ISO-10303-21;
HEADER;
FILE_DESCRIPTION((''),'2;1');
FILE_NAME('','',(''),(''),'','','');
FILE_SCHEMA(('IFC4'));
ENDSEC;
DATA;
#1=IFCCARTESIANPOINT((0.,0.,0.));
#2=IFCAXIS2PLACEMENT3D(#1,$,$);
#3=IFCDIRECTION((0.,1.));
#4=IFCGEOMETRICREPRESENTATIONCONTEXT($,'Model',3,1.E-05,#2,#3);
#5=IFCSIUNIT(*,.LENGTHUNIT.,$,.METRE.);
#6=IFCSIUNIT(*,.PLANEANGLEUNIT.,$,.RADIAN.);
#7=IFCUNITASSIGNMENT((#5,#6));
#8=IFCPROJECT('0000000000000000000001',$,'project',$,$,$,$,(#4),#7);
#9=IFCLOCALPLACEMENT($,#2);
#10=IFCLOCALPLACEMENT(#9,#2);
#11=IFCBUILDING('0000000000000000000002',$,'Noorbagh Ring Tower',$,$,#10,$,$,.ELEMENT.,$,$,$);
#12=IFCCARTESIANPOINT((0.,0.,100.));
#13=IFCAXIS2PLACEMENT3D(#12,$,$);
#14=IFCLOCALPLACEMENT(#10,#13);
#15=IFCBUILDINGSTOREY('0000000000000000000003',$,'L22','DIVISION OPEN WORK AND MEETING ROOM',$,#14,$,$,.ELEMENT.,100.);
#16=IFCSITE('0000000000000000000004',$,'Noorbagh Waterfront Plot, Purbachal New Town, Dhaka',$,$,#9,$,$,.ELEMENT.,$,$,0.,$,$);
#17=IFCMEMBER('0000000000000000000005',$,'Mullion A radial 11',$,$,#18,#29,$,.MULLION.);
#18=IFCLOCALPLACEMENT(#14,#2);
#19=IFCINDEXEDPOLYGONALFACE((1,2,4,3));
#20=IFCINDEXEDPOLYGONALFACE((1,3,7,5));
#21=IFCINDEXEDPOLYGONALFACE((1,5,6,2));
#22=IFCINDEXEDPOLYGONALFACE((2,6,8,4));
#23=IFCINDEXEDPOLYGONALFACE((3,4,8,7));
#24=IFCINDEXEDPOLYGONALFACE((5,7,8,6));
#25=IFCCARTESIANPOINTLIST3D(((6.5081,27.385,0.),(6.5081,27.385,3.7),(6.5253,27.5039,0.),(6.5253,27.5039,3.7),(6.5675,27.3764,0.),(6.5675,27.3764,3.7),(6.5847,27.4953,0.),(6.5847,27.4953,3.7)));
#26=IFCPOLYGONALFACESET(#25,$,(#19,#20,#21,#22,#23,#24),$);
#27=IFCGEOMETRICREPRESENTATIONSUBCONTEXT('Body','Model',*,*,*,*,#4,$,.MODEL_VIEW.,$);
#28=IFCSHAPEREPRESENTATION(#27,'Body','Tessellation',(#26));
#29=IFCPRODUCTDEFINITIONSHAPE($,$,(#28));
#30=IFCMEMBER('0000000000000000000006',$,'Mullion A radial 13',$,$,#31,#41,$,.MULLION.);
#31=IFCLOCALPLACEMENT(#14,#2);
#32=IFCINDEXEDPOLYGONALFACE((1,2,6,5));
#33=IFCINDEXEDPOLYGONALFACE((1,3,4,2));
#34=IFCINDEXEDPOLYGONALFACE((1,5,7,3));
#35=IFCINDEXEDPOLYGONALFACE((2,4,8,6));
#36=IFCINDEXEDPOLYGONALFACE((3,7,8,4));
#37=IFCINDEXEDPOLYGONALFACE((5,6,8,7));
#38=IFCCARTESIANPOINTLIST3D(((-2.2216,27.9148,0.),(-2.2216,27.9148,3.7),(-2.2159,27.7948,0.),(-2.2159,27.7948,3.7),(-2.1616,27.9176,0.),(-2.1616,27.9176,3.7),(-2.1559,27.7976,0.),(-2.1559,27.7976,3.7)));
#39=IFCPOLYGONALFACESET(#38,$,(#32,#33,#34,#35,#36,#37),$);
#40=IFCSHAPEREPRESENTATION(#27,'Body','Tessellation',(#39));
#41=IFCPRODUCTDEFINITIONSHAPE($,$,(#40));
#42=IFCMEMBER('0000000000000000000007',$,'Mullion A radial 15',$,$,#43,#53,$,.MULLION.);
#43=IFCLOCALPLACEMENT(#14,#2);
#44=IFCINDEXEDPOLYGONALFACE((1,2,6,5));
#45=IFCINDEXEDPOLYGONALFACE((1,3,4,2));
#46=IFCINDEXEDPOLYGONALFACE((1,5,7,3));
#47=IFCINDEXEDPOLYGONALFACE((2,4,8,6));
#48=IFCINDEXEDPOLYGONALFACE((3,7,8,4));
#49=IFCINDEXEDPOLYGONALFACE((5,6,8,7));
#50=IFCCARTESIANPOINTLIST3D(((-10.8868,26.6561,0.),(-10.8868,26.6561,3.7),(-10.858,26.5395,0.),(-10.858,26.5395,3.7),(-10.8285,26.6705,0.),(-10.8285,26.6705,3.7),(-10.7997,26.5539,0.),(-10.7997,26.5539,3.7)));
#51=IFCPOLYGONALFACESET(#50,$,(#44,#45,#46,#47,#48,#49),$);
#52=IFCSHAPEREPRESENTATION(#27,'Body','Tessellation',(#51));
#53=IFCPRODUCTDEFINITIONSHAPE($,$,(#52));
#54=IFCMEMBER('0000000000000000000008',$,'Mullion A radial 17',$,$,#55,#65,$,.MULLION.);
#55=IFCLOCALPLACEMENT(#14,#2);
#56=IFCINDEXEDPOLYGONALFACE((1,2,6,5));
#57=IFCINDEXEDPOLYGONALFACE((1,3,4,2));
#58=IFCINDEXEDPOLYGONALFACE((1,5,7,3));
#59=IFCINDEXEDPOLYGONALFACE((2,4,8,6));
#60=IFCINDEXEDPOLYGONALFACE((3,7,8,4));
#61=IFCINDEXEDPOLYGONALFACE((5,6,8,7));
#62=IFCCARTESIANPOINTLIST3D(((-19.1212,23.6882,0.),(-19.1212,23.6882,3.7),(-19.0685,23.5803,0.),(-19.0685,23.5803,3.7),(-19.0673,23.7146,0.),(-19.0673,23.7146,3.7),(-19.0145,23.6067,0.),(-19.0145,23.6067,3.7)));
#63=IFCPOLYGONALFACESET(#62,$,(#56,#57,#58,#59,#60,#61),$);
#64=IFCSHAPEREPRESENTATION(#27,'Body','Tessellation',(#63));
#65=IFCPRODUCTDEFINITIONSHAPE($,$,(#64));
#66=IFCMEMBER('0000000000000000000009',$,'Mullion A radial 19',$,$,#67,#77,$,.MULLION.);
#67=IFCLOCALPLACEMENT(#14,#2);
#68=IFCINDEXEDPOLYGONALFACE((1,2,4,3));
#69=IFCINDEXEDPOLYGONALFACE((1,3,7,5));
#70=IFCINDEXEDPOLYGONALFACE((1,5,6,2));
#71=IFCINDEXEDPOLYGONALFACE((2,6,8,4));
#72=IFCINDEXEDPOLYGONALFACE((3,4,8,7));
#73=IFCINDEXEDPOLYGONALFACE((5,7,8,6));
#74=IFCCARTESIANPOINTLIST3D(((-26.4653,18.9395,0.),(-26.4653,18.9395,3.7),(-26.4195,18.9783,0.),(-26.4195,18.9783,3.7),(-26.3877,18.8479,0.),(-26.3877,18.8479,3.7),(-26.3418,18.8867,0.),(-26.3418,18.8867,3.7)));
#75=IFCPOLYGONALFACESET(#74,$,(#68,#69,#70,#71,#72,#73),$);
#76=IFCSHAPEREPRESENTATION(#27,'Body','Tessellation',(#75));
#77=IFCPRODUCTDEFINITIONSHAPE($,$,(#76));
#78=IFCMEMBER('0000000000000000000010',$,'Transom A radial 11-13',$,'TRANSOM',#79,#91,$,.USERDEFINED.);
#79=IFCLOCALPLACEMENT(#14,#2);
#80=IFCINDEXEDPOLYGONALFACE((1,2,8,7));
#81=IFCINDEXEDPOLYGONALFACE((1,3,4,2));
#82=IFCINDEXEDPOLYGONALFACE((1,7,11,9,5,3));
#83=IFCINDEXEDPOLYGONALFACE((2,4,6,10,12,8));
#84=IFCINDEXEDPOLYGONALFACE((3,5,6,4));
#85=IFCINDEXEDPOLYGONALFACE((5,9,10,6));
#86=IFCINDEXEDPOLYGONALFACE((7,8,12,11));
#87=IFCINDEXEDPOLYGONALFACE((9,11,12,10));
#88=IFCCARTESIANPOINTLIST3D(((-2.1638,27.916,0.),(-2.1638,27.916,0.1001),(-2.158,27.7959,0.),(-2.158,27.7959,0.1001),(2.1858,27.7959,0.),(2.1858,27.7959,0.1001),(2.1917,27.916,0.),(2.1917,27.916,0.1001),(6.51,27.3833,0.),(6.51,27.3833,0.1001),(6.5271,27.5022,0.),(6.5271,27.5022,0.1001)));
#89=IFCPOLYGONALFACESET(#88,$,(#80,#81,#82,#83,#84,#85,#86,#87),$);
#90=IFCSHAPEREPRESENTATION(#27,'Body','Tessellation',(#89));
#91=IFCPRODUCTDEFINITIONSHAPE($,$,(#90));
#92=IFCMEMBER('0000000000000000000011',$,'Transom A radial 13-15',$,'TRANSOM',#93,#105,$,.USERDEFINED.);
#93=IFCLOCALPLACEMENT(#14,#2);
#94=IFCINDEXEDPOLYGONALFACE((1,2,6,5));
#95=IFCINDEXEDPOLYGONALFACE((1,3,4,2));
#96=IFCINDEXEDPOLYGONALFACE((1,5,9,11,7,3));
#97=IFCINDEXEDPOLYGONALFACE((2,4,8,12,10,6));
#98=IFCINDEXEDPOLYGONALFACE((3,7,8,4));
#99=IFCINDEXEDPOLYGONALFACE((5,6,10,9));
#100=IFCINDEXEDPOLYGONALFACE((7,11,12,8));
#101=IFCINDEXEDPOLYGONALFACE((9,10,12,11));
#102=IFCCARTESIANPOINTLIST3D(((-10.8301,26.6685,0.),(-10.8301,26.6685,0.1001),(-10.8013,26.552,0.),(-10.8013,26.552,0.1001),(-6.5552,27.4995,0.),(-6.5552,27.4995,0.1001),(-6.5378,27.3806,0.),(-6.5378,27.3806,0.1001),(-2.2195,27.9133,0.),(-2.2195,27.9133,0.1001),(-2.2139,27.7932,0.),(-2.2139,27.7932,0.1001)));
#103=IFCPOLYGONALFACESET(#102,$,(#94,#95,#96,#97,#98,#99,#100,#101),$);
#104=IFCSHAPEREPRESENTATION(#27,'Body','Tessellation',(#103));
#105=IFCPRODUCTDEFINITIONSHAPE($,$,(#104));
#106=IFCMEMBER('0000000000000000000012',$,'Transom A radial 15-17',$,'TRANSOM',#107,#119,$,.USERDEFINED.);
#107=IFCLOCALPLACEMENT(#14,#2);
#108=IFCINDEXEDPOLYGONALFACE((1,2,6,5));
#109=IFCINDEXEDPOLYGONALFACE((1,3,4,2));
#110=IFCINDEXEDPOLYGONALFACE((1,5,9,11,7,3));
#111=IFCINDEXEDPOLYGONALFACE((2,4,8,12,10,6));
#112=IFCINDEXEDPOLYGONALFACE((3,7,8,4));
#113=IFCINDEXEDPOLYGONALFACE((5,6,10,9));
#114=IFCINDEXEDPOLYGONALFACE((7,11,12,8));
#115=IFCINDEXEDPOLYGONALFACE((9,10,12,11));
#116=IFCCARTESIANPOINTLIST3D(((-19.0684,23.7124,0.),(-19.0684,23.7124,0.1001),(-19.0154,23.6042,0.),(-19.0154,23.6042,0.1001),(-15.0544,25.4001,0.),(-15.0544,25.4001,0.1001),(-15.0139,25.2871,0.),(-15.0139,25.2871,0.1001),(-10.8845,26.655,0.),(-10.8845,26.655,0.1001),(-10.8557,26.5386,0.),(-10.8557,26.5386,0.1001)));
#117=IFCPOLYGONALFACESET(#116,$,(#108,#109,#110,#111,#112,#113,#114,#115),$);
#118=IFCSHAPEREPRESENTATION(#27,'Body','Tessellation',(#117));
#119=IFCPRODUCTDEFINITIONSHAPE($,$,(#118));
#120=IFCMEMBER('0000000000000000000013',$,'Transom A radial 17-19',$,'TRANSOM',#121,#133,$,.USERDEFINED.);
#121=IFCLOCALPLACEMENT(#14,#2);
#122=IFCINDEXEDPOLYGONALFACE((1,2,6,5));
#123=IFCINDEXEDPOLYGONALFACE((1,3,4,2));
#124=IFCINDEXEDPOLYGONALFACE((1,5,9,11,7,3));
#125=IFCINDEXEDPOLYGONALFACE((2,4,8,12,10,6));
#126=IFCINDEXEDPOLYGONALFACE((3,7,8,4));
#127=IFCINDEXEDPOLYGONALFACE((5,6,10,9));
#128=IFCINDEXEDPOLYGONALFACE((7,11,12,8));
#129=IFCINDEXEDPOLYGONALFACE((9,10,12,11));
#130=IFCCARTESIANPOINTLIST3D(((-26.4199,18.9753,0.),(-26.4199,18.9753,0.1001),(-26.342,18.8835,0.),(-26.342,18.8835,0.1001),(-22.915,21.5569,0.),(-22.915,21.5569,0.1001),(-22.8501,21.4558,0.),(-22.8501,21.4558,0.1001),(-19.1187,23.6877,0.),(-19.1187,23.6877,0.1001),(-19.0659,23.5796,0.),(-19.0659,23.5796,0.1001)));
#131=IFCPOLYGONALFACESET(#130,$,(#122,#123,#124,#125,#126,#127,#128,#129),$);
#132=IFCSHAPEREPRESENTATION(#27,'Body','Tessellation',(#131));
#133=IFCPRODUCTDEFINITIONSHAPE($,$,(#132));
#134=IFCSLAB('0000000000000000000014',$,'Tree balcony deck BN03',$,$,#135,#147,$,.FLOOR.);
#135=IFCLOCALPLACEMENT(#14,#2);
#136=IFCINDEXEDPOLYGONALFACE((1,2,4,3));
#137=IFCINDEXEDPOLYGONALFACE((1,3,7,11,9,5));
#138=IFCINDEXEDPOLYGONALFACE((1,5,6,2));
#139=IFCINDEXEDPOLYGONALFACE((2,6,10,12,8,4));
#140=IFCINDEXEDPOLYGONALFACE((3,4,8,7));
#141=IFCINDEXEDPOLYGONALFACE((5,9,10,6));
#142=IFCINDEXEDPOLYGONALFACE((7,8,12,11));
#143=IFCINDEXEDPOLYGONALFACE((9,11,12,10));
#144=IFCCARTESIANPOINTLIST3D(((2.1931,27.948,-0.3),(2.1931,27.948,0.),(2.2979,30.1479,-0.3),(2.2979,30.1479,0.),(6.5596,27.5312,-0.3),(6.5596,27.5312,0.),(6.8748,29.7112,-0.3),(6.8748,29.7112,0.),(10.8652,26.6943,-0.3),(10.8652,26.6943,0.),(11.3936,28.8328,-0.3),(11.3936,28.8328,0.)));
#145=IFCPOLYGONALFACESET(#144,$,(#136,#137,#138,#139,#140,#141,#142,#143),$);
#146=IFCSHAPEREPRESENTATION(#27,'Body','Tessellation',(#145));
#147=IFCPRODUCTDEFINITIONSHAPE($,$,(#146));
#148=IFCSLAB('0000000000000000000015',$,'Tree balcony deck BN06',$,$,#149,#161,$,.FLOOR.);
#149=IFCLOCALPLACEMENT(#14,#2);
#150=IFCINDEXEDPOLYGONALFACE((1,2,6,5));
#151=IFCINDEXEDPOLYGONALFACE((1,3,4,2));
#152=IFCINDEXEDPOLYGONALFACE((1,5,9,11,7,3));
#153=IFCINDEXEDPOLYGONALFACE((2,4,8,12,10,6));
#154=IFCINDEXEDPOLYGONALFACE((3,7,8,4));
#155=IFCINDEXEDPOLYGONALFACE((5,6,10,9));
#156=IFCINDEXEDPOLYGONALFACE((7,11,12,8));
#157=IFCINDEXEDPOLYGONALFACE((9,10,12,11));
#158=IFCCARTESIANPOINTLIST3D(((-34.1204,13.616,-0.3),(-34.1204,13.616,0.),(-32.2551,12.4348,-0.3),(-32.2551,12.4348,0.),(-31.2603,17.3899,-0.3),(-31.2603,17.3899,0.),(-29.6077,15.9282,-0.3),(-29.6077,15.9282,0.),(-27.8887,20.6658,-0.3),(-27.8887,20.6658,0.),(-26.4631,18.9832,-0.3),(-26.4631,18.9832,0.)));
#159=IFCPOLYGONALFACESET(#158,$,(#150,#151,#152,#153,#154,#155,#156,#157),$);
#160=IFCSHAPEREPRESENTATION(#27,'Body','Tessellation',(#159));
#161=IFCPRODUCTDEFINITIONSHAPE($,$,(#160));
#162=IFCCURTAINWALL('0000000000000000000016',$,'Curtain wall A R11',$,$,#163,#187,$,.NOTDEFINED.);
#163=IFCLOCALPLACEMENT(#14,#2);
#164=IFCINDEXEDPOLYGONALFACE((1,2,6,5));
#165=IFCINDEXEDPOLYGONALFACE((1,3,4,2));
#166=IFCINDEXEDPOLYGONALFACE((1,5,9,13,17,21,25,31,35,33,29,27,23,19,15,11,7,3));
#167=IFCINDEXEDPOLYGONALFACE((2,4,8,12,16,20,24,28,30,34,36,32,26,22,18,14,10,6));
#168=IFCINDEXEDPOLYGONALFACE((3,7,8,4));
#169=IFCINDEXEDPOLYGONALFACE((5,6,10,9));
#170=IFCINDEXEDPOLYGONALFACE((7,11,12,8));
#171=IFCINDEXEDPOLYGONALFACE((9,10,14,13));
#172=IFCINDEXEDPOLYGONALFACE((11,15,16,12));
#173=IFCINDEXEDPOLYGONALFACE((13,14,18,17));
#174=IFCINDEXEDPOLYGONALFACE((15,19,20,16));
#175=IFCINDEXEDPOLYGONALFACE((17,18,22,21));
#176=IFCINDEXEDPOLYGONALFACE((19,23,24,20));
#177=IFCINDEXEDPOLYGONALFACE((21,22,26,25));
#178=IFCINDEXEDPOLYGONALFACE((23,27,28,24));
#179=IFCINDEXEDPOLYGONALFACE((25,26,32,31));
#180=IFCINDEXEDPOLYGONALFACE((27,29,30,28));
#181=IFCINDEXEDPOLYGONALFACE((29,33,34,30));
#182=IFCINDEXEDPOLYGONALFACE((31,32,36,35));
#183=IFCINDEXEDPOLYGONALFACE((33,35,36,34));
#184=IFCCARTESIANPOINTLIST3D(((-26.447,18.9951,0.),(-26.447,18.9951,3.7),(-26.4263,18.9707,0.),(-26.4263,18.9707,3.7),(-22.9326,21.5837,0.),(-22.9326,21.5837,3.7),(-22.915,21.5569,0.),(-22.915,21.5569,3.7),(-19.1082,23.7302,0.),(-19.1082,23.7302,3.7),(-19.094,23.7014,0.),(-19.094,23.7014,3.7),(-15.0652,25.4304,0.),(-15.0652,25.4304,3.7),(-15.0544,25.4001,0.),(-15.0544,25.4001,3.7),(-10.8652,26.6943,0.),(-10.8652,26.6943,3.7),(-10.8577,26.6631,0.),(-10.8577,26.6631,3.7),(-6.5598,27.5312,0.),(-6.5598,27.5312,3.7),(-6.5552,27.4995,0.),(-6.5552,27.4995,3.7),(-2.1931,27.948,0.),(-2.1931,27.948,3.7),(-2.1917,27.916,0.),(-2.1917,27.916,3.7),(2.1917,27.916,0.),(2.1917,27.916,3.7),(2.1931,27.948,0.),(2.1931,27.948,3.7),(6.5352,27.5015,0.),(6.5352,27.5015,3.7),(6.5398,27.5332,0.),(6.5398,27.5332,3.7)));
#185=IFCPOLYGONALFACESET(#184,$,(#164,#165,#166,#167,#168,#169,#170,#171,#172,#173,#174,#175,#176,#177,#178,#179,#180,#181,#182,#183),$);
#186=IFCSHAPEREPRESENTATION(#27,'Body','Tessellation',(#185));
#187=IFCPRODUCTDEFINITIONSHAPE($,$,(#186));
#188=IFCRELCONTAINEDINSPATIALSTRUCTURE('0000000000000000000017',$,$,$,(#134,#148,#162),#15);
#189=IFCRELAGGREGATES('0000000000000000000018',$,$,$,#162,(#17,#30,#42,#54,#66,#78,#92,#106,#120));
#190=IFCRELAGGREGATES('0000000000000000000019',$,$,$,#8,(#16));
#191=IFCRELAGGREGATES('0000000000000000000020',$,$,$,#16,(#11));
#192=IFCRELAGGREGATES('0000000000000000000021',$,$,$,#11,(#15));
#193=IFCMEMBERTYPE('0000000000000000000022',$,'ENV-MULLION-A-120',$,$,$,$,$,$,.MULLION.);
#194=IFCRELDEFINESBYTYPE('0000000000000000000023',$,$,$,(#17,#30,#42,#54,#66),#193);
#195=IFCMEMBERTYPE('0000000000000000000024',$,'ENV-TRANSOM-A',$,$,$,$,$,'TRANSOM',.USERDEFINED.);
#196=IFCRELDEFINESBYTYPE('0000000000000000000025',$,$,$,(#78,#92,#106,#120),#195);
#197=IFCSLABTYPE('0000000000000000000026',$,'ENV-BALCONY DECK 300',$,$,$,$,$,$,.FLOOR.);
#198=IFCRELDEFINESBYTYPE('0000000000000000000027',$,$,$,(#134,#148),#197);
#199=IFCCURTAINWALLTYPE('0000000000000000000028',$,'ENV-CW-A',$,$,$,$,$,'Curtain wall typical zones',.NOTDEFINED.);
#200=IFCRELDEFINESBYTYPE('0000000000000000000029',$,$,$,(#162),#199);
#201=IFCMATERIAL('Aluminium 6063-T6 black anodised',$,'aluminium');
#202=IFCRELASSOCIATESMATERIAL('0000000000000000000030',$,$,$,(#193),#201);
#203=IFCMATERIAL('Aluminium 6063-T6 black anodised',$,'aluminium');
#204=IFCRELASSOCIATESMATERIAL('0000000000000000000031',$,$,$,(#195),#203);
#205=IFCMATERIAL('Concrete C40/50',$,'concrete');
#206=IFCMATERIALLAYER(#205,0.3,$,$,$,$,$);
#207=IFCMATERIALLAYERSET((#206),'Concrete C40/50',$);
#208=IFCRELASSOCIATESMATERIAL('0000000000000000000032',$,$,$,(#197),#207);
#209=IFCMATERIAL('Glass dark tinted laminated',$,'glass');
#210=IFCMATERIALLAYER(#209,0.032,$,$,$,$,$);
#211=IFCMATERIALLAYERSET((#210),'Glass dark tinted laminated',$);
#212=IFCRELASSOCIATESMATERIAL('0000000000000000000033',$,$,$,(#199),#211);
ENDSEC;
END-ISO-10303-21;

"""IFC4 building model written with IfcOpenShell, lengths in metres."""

from ifc_helpers import new_model, si_unit, direction, frame, origin, origin_2d, place, context, subcontext, project, spatial, polyline, rectangle, outline, extrude, material, layer, layer_set, material_profile, profile_set, type_object, element, aggregate, save


model = new_model("IFC4")

# Units and contexts
model_context = context("Model", 3, precision=1e-05, world=origin(), true_north=direction((0.0, 1.0)))
body_context = subcontext(model_context, "Body", "Model", "MODEL_VIEW")
ifc_project = project(units=[si_unit("LENGTHUNIT", "METRE"), si_unit("PLANEANGLEUNIT", "RADIAN")], contexts=[model_context])

# Members
ifc_material_1 = material(Name="Aluminium 6063-T6 black anodised", Category="aluminium")
ifc_material_profile = material_profile(ifc_material_1, rectangle(XDim=0.1201, YDim=0.0601, at=origin_2d()), Name="120x60")
ifc_profile_set = profile_set([ifc_material_profile], Name="Aluminium 6063-T6 black anodised")
member_type_1 = type_object("IfcMemberType", Name="ENV-MULLION-A-120", PredefinedType="MULLION", material=ifc_profile_set)
site_placement = place(None, origin())
building_placement = place(site_placement, origin())
storey_placement = place(building_placement, frame((0.0, 0.0, 100.0)))
member_1_placement = place(storey_placement, frame((6.5464, 27.4402, 0.0), z_axis=(0.0, 0.0, 1.0), x_axis=(-0.143082, -0.989711, 0.0)))
member_1 = element("IfcMember", 1, at=member_1_placement, type_object=member_type_1, Name="Mullion A radial 11", PredefinedType="MULLION", context=body_context, shape_type="SweptSolid", body=[
    extrude(rectangle(XDim=0.1201, YDim=0.0601, at=origin_2d()), origin(), (0.0, 0.0, 1.0), 3.7),
])
member_2_placement = place(storey_placement, frame((-2.1887, 27.8562, 0.0), z_axis=(0.0, 0.0, 1.0), x_axis=(0.047558, -0.998868, 0.0)))
member_2 = element("IfcMember", 2, at=member_2_placement, type_object=member_type_1, Name="Mullion A radial 13", PredefinedType="MULLION", context=body_context, shape_type="SweptSolid", body=[
    extrude(rectangle(XDim=0.1201, YDim=0.0601, at=origin_2d()), origin(), (0.0, 0.0, 1.0), 3.7),
])
member_3_placement = place(storey_placement, frame((-10.8433, 26.605, 0.0), z_axis=(0.0, 0.0, 1.0), x_axis=(0.239799, -0.970823, 0.0)))
member_3 = element("IfcMember", 3, at=member_3_placement, type_object=member_type_1, Name="Mullion A radial 15", PredefinedType="MULLION", context=body_context, shape_type="SweptSolid", body=[
    extrude(rectangle(XDim=0.1201, YDim=0.0601, at=origin_2d()), origin(), (0.0, 0.0, 1.0), 3.7),
])
member_4_placement = place(storey_placement, frame((-19.0679, 23.6475, 0.0), z_axis=(0.0, 0.0, 1.0), x_axis=(0.439238, -0.898371, 0.0)))
member_4 = element("IfcMember", 4, at=member_4_placement, type_object=member_type_1, Name="Mullion A radial 17", PredefinedType="MULLION", context=body_context, shape_type="SweptSolid", body=[
    extrude(rectangle(XDim=0.1201, YDim=0.0601, at=origin_2d()), origin(), (0.0, 0.0, 1.0), 3.7),
])
member_5_placement = place(storey_placement, frame((-26.4036, 18.9131, 0.0), z_axis=(0.0, 0.0, 1.0), x_axis=(0.646451, -0.762955, 0.0)))
member_5 = element("IfcMember", 5, at=member_5_placement, type_object=member_type_1, Name="Mullion A radial 19", PredefinedType="MULLION", context=body_context, shape_type="SweptSolid", body=[
    extrude(rectangle(XDim=0.1201, YDim=0.0601, at=origin_2d()), origin(), (0.0, 0.0, 1.0), 3.7),
])
ifc_material_2 = material(Name="Aluminium 6063-T6 black anodised", Category="aluminium")
member_type_2 = type_object("IfcMemberType", Name="ENV-TRANSOM-A", ElementType="TRANSOM", PredefinedType="USERDEFINED", material=ifc_material_2)
member_6_placement = place(storey_placement, origin())
member_6 = element("IfcMember", 6, at=member_6_placement, type_object=member_type_2, Name="Transom A radial 11-13", ObjectType="TRANSOM", PredefinedType="USERDEFINED", context=body_context, shape_type="SweptSolid", body=[
    extrude(outline(polyline([(6.5271, 27.5022), (2.1917, 27.916), (-2.1638, 27.916), (-2.158, 27.7959), (2.1858, 27.7959), (6.51, 27.3833), (6.5271, 27.5022)])), origin(), (0.0, 0.0, 1.0), 0.1001),
])
member_7_placement = place(storey_placement, origin())
member_7 = element("IfcMember", 7, at=member_7_placement, type_object=member_type_2, Name="Transom A radial 13-15", ObjectType="TRANSOM", PredefinedType="USERDEFINED", context=body_context, shape_type="SweptSolid", body=[
    extrude(outline(polyline([(-2.2195, 27.9133), (-6.5552, 27.4995), (-10.8301, 26.6685), (-10.8013, 26.552), (-6.5378, 27.3806), (-2.2139, 27.7932), (-2.2195, 27.9133)])), origin(), (0.0, 0.0, 1.0), 0.1001),
])
member_8_placement = place(storey_placement, origin())
member_8 = element("IfcMember", 8, at=member_8_placement, type_object=member_type_2, Name="Transom A radial 15-17", ObjectType="TRANSOM", PredefinedType="USERDEFINED", context=body_context, shape_type="SweptSolid", body=[
    extrude(outline(polyline([(-10.8845, 26.655), (-15.0544, 25.4001), (-19.0684, 23.7124), (-19.0154, 23.6042), (-15.0139, 25.2871), (-10.8557, 26.5386), (-10.8845, 26.655)])), origin(), (0.0, 0.0, 1.0), 0.1001),
])
member_9_placement = place(storey_placement, origin())
member_9 = element("IfcMember", 9, at=member_9_placement, type_object=member_type_2, Name="Transom A radial 17-19", ObjectType="TRANSOM", PredefinedType="USERDEFINED", context=body_context, shape_type="SweptSolid", body=[
    extrude(outline(polyline([(-19.1187, 23.6877), (-22.915, 21.5569), (-26.4199, 18.9753), (-26.342, 18.8835), (-22.8501, 21.4558), (-19.0659, 23.5796), (-19.1187, 23.6877)])), origin(), (0.0, 0.0, 1.0), 0.1001),
])

# Site, building, storey
site = spatial("IfcSite", under=ifc_project, at=site_placement, Name="Noorbagh Waterfront Plot, Purbachal New Town, Dhaka", CompositionType="ELEMENT", RefElevation=0.0)
building = spatial("IfcBuilding", under=site, at=building_placement, Name="Noorbagh Ring Tower", CompositionType="ELEMENT")
storey = spatial("IfcBuildingStorey", under=building, at=storey_placement, Name="L22", Description="DIVISION OPEN WORK AND MEETING ROOM", CompositionType="ELEMENT", Elevation=100.0)

# Slabs
ifc_material_3 = material(Name="Concrete C40/50", Category="concrete")
ifc_layer_1 = layer(ifc_material_3, 0.3)
ifc_layer_set_1 = layer_set([ifc_layer_1], Name="Concrete C40/50")
slab_type = type_object("IfcSlabType", Name="ENV-BALCONY DECK 300", PredefinedType="FLOOR", material=ifc_layer_set_1)
slab_1_placement = place(storey_placement, frame((0.0, 0.0, -0.3)))
element("IfcSlab", 10, at=slab_1_placement, inside=storey, type_object=slab_type, Name="Tree balcony deck BN03", PredefinedType="FLOOR", context=body_context, shape_type="SweptSolid", body=[
    extrude(outline(polyline([(11.3936, 28.8328), (6.8748, 29.7112), (2.2979, 30.1479), (2.1931, 27.948), (6.5596, 27.5312), (10.8652, 26.6943), (11.3936, 28.8328)])), origin(), (0.0, 0.0, 1.0), 0.3),
])
slab_2_placement = place(storey_placement, frame((0.0, 0.0, -0.3)))
element("IfcSlab", 11, at=slab_2_placement, inside=storey, type_object=slab_type, Name="Tree balcony deck BN06", PredefinedType="FLOOR", context=body_context, shape_type="SweptSolid", body=[
    extrude(outline(polyline([(-27.8887, 20.6658), (-31.2603, 17.3899), (-34.1204, 13.616), (-32.2551, 12.4348), (-29.6077, 15.9282), (-26.4631, 18.9832), (-27.8887, 20.6658)])), origin(), (0.0, 0.0, 1.0), 0.3),
])

# Curtain wall
ifc_material_4 = material(Name="Glass dark tinted laminated", Category="glass")
ifc_layer_2 = layer(ifc_material_4, 0.032)
ifc_layer_set_2 = layer_set([ifc_layer_2], Name="Glass dark tinted laminated")
curtain_wall_type = type_object("IfcCurtainWallType", Name="ENV-CW-A", ElementType="Curtain wall typical zones", PredefinedType="NOTDEFINED", material=ifc_layer_set_2)
curtain_wall_1_placement = place(storey_placement, origin())
curtain_wall_1 = element("IfcCurtainWall", 12, at=curtain_wall_1_placement, inside=storey, type_object=curtain_wall_type, Name="Curtain wall A R11", PredefinedType="NOTDEFINED", context=body_context, shape_type="SweptSolid", body=[
    extrude(outline(polyline([(6.5398, 27.5332), (2.1931, 27.948), (-2.1931, 27.948), (-6.5598, 27.5312), (-10.8652, 26.6943), (-15.0652, 25.4304), (-19.1082, 23.7302), (-22.9326, 21.5837), (-26.447, 18.9951), (-26.4263, 18.9707), (-22.915, 21.5569), (-19.094, 23.7014), (-15.0544, 25.4001), (-10.8577, 26.6631), (-6.5552, 27.4995), (-2.1917, 27.916), (2.1917, 27.916), (6.5352, 27.5015), (6.5398, 27.5332)])), origin(), (0.0, 0.0, 1.0), 3.7),
])
aggregate(curtain_wall_1, [member_1, member_2, member_3, member_4, member_5, member_6, member_7, member_8, member_9])

save(model, "model.ifc")
